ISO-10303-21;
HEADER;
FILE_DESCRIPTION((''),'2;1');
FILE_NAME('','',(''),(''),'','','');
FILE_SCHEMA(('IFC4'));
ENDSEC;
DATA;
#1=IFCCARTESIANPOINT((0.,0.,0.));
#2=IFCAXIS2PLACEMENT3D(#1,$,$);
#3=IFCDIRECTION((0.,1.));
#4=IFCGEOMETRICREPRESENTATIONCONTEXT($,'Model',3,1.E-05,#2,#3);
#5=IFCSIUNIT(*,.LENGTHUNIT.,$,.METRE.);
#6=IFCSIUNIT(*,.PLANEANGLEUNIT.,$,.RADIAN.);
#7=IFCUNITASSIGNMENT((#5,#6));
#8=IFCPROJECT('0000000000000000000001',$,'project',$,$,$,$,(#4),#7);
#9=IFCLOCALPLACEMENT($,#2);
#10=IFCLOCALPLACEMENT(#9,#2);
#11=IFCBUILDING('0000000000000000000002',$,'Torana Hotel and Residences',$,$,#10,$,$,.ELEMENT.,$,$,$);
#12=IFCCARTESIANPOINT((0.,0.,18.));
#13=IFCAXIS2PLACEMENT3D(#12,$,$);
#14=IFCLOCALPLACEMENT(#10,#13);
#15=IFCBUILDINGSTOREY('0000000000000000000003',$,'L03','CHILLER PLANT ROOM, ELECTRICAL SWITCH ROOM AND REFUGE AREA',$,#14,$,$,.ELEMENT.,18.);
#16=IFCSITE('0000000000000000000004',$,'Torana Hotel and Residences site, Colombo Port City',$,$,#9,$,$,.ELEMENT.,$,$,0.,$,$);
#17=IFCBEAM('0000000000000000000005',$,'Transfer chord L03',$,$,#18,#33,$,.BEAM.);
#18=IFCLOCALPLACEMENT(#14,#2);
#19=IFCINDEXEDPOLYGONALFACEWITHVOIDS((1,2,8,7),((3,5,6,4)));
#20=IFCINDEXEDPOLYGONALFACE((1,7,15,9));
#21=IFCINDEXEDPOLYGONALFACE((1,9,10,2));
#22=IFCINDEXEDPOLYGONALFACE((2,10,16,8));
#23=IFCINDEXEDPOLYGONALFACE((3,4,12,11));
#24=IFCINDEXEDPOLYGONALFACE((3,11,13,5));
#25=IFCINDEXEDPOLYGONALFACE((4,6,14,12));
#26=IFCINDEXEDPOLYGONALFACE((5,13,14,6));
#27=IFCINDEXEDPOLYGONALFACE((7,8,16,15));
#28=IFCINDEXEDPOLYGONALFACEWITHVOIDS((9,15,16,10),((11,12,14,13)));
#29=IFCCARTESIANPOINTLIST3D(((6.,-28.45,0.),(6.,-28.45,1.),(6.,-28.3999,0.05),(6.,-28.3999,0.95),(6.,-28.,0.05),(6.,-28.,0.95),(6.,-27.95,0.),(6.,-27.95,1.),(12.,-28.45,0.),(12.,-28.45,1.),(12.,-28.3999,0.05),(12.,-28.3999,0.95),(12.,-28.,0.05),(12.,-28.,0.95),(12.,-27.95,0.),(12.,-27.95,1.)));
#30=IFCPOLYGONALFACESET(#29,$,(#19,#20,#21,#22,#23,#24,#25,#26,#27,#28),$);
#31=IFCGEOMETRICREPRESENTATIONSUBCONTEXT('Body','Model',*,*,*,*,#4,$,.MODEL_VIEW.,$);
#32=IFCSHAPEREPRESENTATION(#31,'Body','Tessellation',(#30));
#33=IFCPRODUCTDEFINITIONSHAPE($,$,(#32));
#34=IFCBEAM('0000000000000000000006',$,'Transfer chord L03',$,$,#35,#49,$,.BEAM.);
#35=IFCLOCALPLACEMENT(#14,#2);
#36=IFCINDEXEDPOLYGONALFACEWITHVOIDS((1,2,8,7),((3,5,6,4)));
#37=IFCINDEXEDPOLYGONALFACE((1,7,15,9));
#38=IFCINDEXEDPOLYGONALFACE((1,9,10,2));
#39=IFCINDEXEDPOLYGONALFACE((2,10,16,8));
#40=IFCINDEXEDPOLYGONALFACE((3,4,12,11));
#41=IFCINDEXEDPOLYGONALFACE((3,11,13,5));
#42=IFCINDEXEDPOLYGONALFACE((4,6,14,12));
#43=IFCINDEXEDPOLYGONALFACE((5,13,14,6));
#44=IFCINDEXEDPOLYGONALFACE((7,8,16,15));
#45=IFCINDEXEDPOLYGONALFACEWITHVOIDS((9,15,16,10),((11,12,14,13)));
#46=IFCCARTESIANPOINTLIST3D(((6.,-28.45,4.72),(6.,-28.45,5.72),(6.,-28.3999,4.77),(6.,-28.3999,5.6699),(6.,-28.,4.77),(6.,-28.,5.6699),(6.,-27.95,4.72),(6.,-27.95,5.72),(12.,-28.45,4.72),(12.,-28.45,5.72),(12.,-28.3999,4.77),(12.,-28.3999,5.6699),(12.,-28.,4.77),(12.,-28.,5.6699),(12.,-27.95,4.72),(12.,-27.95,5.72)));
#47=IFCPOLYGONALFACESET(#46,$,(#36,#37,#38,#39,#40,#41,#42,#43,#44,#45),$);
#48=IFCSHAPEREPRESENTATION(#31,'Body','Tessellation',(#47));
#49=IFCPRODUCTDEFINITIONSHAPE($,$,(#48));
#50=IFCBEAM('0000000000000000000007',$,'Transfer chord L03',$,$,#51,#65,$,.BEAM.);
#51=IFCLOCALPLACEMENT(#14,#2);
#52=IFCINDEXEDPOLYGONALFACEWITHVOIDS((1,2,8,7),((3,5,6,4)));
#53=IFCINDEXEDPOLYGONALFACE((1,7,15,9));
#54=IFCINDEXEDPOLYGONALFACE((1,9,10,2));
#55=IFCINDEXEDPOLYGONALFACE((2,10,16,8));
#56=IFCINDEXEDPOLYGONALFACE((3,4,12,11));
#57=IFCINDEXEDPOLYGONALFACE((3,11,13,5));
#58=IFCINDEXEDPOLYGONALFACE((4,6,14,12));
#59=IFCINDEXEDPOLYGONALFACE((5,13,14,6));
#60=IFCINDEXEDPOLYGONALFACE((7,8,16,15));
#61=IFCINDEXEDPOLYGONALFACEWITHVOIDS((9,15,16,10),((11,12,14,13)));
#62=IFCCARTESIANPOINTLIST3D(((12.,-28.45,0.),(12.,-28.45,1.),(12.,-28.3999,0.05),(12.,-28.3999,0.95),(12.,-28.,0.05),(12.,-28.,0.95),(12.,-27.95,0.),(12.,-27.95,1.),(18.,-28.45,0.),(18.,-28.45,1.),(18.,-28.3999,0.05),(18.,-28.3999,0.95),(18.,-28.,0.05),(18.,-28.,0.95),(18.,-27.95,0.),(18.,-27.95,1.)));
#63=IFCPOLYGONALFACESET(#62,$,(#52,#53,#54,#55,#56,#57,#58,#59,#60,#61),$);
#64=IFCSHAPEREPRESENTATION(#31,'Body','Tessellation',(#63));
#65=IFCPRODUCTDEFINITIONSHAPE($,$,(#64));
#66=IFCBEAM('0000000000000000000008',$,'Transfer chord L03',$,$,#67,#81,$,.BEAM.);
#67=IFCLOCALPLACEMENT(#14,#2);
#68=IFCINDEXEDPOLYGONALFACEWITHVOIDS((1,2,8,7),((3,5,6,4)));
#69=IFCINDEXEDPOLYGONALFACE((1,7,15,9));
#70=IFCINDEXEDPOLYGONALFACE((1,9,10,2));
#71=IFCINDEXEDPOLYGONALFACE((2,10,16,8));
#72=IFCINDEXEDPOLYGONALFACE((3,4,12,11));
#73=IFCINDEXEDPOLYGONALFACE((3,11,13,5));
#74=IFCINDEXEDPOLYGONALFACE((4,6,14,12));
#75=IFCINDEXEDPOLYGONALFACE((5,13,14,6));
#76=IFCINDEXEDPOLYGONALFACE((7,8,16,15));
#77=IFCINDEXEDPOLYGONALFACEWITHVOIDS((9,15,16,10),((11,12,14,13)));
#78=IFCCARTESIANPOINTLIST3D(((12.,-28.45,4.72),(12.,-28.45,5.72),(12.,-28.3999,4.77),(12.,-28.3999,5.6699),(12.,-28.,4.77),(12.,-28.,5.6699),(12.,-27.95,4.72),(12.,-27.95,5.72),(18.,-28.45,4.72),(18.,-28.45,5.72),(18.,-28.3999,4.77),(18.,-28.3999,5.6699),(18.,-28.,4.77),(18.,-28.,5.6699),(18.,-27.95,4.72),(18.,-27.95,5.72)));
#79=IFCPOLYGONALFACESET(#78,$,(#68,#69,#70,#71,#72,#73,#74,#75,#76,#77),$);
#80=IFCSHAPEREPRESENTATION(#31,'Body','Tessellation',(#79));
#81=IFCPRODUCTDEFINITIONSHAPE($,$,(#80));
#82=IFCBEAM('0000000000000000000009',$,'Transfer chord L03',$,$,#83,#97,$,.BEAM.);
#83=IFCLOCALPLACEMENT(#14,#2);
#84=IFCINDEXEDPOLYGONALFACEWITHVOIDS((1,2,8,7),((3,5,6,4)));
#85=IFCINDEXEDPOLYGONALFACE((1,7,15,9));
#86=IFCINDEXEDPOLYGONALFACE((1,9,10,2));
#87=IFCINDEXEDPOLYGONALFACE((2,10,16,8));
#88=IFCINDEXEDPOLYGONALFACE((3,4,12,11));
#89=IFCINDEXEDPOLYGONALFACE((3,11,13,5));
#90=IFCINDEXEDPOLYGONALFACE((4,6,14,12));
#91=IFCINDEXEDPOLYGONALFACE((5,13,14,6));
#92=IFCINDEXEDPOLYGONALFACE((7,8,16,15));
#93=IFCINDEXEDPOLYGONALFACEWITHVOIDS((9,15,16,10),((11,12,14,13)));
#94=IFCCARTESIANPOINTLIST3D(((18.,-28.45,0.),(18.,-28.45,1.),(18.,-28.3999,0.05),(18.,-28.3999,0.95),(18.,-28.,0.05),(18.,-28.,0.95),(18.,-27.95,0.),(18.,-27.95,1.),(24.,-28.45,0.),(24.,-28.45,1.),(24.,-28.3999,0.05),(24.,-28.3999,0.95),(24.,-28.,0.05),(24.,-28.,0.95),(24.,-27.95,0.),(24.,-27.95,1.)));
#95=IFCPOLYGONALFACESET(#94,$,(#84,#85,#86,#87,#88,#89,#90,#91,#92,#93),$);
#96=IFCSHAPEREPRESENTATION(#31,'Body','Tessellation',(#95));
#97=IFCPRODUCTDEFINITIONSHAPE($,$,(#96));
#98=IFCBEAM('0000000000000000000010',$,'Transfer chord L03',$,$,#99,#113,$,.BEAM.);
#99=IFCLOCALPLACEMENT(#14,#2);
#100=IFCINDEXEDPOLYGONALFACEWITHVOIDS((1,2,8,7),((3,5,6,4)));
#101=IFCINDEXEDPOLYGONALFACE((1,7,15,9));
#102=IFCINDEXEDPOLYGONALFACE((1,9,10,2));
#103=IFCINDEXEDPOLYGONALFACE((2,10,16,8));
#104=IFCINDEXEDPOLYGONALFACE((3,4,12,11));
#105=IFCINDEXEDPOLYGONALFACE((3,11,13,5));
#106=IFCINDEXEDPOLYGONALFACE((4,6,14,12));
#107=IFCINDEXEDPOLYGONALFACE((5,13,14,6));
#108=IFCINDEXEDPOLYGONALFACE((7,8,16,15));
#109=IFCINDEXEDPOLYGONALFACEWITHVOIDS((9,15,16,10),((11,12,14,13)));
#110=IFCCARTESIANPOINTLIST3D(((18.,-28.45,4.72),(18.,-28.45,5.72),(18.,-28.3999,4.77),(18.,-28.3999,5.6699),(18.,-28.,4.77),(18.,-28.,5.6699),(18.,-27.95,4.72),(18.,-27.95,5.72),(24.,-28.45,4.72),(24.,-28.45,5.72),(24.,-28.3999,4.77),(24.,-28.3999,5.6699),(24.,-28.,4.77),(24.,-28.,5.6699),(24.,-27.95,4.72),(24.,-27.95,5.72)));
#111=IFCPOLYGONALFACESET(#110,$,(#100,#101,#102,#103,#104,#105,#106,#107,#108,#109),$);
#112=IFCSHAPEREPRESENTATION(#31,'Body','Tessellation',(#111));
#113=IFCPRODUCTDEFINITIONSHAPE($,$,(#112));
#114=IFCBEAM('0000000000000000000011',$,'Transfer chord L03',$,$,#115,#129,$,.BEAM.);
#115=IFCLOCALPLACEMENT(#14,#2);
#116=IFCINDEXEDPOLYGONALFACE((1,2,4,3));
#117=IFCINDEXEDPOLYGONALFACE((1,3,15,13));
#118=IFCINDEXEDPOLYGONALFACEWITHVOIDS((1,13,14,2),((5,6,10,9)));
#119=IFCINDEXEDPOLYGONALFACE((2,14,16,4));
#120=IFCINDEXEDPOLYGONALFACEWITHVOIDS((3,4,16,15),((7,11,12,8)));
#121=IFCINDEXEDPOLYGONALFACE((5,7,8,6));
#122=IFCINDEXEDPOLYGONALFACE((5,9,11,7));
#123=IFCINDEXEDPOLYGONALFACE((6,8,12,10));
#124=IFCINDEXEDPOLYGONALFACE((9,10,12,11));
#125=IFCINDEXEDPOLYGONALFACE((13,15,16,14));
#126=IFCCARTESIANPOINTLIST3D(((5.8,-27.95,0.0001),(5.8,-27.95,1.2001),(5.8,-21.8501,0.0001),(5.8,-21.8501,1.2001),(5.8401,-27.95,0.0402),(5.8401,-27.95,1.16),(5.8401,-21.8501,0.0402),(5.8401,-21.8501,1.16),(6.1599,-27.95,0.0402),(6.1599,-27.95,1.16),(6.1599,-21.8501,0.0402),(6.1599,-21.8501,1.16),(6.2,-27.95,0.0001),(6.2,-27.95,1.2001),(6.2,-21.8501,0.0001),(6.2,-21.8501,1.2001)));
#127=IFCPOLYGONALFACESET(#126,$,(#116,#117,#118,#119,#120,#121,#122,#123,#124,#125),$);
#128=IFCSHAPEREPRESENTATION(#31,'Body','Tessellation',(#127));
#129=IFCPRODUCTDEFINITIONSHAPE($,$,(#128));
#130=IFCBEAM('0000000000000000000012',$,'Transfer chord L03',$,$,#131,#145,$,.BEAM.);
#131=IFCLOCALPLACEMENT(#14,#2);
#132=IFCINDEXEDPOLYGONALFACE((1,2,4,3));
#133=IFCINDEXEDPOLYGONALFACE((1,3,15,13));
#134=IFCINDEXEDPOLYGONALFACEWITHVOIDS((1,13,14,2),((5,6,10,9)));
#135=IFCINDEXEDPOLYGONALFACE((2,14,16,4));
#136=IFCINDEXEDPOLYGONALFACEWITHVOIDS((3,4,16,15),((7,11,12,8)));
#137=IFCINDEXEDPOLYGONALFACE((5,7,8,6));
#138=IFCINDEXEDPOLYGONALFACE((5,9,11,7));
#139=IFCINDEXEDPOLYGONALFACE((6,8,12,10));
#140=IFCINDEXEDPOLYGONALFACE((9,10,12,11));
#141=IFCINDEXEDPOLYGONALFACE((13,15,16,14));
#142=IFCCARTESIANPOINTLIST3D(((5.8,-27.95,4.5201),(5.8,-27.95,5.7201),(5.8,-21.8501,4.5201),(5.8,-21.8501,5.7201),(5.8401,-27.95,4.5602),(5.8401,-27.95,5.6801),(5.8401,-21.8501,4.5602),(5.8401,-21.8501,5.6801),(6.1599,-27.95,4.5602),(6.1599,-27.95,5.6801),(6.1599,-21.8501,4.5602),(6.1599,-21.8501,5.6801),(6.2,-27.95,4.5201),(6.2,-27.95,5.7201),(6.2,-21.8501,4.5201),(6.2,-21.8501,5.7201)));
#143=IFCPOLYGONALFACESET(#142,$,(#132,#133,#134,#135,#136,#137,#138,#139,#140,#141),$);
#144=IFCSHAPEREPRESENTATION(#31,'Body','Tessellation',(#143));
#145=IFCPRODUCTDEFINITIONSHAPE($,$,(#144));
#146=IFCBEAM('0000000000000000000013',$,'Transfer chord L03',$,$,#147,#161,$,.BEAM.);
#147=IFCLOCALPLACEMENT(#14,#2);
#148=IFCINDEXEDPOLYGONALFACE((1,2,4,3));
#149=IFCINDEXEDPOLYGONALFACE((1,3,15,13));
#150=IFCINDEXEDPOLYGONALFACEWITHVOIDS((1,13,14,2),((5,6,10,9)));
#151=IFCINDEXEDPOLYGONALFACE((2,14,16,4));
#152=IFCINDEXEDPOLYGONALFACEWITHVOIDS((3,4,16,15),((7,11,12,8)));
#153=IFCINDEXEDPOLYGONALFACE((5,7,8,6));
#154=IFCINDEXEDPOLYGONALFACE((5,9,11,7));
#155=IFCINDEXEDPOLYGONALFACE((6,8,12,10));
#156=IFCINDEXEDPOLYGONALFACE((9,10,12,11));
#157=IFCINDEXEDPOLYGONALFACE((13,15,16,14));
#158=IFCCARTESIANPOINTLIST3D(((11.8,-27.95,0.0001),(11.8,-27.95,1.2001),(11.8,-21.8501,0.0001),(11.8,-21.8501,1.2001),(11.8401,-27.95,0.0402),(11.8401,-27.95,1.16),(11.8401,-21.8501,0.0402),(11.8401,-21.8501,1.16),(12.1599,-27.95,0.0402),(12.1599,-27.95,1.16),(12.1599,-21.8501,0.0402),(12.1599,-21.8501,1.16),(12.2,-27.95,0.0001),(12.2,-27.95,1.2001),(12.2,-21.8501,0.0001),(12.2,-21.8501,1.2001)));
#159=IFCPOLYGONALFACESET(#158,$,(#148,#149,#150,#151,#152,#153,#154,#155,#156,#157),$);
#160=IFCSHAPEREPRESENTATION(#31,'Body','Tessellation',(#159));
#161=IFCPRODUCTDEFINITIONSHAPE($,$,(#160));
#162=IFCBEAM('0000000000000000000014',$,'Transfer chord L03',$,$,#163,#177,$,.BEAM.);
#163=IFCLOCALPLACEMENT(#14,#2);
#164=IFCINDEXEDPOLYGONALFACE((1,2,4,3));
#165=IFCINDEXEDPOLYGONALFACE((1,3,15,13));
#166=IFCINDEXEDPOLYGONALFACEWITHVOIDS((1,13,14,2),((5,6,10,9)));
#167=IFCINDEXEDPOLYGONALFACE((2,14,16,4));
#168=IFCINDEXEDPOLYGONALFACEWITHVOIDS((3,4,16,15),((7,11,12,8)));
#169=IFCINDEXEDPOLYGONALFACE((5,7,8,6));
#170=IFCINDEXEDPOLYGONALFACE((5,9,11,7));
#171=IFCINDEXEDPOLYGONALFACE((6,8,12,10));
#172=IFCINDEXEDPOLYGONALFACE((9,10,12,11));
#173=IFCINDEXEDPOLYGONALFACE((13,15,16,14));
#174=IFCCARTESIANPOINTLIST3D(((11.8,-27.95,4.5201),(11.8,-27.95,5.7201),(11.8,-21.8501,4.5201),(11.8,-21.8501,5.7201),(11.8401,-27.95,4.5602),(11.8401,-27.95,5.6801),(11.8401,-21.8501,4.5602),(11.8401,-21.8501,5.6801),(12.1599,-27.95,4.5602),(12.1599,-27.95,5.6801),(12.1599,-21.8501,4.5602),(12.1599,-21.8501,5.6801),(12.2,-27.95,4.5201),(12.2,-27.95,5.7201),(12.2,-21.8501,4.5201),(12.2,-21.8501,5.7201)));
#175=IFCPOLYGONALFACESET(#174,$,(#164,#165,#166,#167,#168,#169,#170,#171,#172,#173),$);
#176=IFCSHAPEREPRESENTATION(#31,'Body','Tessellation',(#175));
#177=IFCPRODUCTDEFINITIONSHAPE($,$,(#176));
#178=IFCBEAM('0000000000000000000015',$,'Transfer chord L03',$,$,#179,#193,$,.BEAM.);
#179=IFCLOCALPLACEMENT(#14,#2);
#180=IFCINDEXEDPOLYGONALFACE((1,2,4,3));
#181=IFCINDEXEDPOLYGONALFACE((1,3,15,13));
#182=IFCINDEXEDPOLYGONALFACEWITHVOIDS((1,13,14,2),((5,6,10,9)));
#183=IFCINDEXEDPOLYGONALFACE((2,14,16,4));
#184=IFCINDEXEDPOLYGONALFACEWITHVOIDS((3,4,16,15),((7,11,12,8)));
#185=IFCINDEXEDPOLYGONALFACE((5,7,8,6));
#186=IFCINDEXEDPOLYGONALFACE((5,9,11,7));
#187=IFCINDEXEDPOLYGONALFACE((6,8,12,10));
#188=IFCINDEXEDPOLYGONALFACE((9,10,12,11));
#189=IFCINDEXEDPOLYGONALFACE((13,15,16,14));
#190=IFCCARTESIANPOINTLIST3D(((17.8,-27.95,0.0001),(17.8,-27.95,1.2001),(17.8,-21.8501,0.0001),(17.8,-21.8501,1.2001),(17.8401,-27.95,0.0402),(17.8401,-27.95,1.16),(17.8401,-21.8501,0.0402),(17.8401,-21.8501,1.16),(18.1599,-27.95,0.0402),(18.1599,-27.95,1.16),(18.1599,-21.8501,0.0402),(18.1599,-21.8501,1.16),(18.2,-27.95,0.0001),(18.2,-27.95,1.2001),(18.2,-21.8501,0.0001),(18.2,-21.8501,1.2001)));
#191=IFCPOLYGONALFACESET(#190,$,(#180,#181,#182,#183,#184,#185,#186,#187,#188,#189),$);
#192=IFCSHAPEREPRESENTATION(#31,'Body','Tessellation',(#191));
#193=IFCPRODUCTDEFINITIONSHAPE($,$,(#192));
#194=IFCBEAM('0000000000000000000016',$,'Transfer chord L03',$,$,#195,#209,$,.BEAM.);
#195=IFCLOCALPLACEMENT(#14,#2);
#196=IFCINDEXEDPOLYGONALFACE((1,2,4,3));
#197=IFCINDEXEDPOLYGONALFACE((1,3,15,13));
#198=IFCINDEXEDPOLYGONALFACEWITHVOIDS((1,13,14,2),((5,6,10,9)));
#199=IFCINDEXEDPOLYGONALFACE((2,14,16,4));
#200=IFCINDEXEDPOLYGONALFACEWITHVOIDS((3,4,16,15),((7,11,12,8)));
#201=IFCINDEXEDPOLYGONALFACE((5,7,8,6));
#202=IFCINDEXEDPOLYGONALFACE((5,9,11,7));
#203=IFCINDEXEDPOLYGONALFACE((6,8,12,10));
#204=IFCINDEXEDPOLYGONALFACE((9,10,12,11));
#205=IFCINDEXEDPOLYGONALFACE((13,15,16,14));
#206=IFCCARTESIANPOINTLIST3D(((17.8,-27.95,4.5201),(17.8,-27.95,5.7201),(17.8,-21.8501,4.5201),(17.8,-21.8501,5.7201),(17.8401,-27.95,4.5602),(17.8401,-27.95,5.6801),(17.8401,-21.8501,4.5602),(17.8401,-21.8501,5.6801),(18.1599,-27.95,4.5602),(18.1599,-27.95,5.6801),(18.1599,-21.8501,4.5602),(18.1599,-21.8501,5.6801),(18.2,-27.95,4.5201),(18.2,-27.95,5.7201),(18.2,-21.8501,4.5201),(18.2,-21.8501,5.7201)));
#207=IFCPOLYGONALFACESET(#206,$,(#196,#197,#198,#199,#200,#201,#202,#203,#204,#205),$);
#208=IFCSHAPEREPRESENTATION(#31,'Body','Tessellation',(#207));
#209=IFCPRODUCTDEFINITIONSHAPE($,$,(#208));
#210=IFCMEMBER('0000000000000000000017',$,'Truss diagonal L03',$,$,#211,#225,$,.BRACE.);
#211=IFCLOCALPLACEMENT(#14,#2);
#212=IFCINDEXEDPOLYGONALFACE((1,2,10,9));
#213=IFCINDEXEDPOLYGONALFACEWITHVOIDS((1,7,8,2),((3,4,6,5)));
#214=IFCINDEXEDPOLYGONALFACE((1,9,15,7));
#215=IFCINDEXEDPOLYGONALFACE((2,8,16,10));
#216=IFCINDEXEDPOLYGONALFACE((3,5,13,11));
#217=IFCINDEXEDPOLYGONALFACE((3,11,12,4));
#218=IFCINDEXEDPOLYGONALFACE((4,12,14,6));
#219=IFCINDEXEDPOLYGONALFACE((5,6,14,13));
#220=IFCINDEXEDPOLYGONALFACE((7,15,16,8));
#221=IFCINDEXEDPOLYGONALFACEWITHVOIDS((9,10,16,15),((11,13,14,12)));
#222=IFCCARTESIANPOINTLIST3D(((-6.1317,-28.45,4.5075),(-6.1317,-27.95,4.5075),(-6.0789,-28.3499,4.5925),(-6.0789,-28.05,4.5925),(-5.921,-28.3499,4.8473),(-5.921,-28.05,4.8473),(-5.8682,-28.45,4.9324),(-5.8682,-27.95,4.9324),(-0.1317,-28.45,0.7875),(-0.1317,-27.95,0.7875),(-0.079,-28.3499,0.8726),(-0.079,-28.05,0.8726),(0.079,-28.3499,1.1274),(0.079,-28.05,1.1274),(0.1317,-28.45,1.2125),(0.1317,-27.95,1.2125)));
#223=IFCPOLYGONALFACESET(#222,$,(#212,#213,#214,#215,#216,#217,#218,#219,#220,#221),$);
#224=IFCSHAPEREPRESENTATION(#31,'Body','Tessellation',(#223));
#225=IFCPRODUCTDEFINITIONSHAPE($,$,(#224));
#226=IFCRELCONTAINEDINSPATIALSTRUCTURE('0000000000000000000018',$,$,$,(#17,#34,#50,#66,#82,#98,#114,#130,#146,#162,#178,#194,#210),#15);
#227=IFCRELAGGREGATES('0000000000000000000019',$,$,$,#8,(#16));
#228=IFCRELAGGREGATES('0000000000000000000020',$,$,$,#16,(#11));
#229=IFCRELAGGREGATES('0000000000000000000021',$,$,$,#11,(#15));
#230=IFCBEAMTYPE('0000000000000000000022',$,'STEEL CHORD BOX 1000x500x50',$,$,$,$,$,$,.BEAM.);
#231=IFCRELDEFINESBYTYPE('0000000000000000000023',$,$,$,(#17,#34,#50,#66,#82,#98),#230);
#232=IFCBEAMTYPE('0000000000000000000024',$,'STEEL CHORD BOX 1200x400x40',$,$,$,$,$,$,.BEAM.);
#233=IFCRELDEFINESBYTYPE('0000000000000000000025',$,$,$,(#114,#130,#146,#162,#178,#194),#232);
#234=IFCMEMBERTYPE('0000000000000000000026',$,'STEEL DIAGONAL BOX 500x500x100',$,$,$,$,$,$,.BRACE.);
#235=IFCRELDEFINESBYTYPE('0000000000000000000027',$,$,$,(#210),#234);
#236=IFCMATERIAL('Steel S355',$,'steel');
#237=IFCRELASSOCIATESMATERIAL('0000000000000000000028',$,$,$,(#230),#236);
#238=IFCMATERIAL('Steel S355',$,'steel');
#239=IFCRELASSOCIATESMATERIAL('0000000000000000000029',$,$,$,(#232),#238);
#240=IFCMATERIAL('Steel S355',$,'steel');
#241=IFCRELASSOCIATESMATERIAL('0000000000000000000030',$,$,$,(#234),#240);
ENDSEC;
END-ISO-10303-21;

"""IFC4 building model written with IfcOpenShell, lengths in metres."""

from ifc_helpers import new_model, si_unit, direction, frame, origin, origin_2d, place, context, subcontext, project, spatial, hollow_rectangle, extrude, material, material_profile, profile_set, type_object, element, save


model = new_model("IFC4")

# Units and contexts
model_context = context("Model", 3, precision=1e-05, world=origin(), true_north=direction((0.0, 1.0)))
body_context = subcontext(model_context, "Body", "Model", "MODEL_VIEW")
ifc_project = project(units=[si_unit("LENGTHUNIT", "METRE"), si_unit("PLANEANGLEUNIT", "RADIAN")], contexts=[model_context])

# Site, building, storey
site_placement = place(None, origin())
site = spatial("IfcSite", under=ifc_project, at=site_placement, Name="Torana Hotel and Residences site, Colombo Port City", CompositionType="ELEMENT", RefElevation=0.0)
building_placement = place(site_placement, origin())
building = spatial("IfcBuilding", under=site, at=building_placement, Name="Torana Hotel and Residences", CompositionType="ELEMENT")
storey_placement = place(building_placement, frame((0.0, 0.0, 18.0)))
storey = spatial("IfcBuildingStorey", under=building, at=storey_placement, Name="L03", Description="CHILLER PLANT ROOM, ELECTRICAL SWITCH ROOM AND REFUGE AREA", CompositionType="ELEMENT", Elevation=18.0)

# Beams
ifc_material_1 = material(Name="Steel S355", Category="steel")
ifc_material_profile_1 = material_profile(ifc_material_1, hollow_rectangle(XDim=0.5, YDim=1.0, WallThickness=0.05, at=origin_2d()), Name="BOX 1000x500x50")
ifc_profile_set_1 = profile_set([ifc_material_profile_1], Name="Steel S355")
beam_type_1 = type_object("IfcBeamType", Name="STEEL CHORD BOX 1000x500x50", PredefinedType="BEAM", material=ifc_profile_set_1)
for number, where, z_axis, x_axis, name in (
    (1, (6.0, -28.2, 0.5), (1.0, 0.0, 0.0), (0.0, 1.0, 0.0), "Transfer chord L03"),
    (2, (6.0, -28.2, 5.22), (1.0, 0.0, 0.0), (0.0, 1.0, 0.0), "Transfer chord L03"),
    (3, (12.0, -28.2, 0.5), (1.0, 0.0, 0.0), (0.0, 1.0, 0.0), "Transfer chord L03"),
    (4, (12.0, -28.2, 5.22), (1.0, 0.0, 0.0), (0.0, 1.0, 0.0), "Transfer chord L03"),
    (5, (18.0, -28.2, 0.5), (1.0, 0.0, 0.0), (0.0, 1.0, 0.0), "Transfer chord L03"),
    (6, (18.0, -28.2, 5.22), (1.0, 0.0, 0.0), (0.0, 1.0, 0.0), "Transfer chord L03"),
):
    element("IfcBeam", number, at=place(storey_placement, frame(where, z_axis=z_axis, x_axis=x_axis)), inside=storey, type_object=beam_type_1, Name=name, PredefinedType="BEAM", context=body_context, shape_type="SweptSolid", body=[
        extrude(hollow_rectangle(XDim=0.5, YDim=1.0, WallThickness=0.05, at=origin_2d()), origin(), (0.0, 0.0, 1.0), 6.0),
    ])
ifc_material_2 = material(Name="Steel S355", Category="steel")
ifc_material_profile_2 = material_profile(ifc_material_2, hollow_rectangle(XDim=0.3999, YDim=1.2, WallThickness=0.04, at=origin_2d()), Name="BOX 1200x400x40")
ifc_profile_set_2 = profile_set([ifc_material_profile_2], Name="Steel S355")
beam_type_2 = type_object("IfcBeamType", Name="STEEL CHORD BOX 1200x400x40", PredefinedType="BEAM", material=ifc_profile_set_2)
for number, where, z_axis, x_axis, name in (
    (7, (6.0, -27.95, 0.6001), (0.0, 1.0, 0.0), (-1.0, 0.0, 0.0), "Transfer chord L03"),
    (8, (6.0, -27.95, 5.1201), (0.0, 1.0, 0.0), (-1.0, 0.0, 0.0), "Transfer chord L03"),
    (9, (12.0, -27.95, 0.6001), (0.0, 1.0, 0.0), (-1.0, 0.0, 0.0), "Transfer chord L03"),
    (10, (12.0, -27.95, 5.1201), (0.0, 1.0, 0.0), (-1.0, 0.0, 0.0), "Transfer chord L03"),
    (11, (18.0, -27.95, 0.6001), (0.0, 1.0, 0.0), (-1.0, 0.0, 0.0), "Transfer chord L03"),
    (12, (18.0, -27.95, 5.1201), (0.0, 1.0, 0.0), (-1.0, 0.0, 0.0), "Transfer chord L03"),
):
    element("IfcBeam", number, at=place(storey_placement, frame(where, z_axis=z_axis, x_axis=x_axis)), inside=storey, type_object=beam_type_2, Name=name, PredefinedType="BEAM", context=body_context, shape_type="SweptSolid", body=[
        extrude(hollow_rectangle(XDim=0.3999, YDim=1.2, WallThickness=0.04, at=origin_2d()), origin(), (0.0, 0.0, 1.0), 6.0999),
    ])

# Member
ifc_material_3 = material(Name="Steel S355", Category="steel")
ifc_material_profile_3 = material_profile(ifc_material_3, hollow_rectangle(XDim=0.5, YDim=0.5, WallThickness=0.1001, at=origin_2d()), Name="BOX 500x500x100")
ifc_profile_set_3 = profile_set([ifc_material_profile_3], Name="Steel S355")
member_type_1 = type_object("IfcMemberType", Name="STEEL DIAGONAL BOX 500x500x100", PredefinedType="BRACE", material=ifc_profile_set_3)
for number, where, z_axis, x_axis, name in (
    (13, (0.0, -28.2, 1.0), (-0.849905, 0.0, 0.526937), (0.0, -1.0, 0.0), "Truss diagonal L03"),
):
    element("IfcMember", number, at=place(storey_placement, frame(where, z_axis=z_axis, x_axis=x_axis)), inside=storey, type_object=member_type_1, Name=name, PredefinedType="BRACE", context=body_context, shape_type="SweptSolid", body=[
        extrude(hollow_rectangle(XDim=0.5, YDim=0.5, WallThickness=0.1001, at=origin_2d()), origin(), (0.0, 0.0, 1.0), 7.0596),
    ])

save(model, "model.ifc")
